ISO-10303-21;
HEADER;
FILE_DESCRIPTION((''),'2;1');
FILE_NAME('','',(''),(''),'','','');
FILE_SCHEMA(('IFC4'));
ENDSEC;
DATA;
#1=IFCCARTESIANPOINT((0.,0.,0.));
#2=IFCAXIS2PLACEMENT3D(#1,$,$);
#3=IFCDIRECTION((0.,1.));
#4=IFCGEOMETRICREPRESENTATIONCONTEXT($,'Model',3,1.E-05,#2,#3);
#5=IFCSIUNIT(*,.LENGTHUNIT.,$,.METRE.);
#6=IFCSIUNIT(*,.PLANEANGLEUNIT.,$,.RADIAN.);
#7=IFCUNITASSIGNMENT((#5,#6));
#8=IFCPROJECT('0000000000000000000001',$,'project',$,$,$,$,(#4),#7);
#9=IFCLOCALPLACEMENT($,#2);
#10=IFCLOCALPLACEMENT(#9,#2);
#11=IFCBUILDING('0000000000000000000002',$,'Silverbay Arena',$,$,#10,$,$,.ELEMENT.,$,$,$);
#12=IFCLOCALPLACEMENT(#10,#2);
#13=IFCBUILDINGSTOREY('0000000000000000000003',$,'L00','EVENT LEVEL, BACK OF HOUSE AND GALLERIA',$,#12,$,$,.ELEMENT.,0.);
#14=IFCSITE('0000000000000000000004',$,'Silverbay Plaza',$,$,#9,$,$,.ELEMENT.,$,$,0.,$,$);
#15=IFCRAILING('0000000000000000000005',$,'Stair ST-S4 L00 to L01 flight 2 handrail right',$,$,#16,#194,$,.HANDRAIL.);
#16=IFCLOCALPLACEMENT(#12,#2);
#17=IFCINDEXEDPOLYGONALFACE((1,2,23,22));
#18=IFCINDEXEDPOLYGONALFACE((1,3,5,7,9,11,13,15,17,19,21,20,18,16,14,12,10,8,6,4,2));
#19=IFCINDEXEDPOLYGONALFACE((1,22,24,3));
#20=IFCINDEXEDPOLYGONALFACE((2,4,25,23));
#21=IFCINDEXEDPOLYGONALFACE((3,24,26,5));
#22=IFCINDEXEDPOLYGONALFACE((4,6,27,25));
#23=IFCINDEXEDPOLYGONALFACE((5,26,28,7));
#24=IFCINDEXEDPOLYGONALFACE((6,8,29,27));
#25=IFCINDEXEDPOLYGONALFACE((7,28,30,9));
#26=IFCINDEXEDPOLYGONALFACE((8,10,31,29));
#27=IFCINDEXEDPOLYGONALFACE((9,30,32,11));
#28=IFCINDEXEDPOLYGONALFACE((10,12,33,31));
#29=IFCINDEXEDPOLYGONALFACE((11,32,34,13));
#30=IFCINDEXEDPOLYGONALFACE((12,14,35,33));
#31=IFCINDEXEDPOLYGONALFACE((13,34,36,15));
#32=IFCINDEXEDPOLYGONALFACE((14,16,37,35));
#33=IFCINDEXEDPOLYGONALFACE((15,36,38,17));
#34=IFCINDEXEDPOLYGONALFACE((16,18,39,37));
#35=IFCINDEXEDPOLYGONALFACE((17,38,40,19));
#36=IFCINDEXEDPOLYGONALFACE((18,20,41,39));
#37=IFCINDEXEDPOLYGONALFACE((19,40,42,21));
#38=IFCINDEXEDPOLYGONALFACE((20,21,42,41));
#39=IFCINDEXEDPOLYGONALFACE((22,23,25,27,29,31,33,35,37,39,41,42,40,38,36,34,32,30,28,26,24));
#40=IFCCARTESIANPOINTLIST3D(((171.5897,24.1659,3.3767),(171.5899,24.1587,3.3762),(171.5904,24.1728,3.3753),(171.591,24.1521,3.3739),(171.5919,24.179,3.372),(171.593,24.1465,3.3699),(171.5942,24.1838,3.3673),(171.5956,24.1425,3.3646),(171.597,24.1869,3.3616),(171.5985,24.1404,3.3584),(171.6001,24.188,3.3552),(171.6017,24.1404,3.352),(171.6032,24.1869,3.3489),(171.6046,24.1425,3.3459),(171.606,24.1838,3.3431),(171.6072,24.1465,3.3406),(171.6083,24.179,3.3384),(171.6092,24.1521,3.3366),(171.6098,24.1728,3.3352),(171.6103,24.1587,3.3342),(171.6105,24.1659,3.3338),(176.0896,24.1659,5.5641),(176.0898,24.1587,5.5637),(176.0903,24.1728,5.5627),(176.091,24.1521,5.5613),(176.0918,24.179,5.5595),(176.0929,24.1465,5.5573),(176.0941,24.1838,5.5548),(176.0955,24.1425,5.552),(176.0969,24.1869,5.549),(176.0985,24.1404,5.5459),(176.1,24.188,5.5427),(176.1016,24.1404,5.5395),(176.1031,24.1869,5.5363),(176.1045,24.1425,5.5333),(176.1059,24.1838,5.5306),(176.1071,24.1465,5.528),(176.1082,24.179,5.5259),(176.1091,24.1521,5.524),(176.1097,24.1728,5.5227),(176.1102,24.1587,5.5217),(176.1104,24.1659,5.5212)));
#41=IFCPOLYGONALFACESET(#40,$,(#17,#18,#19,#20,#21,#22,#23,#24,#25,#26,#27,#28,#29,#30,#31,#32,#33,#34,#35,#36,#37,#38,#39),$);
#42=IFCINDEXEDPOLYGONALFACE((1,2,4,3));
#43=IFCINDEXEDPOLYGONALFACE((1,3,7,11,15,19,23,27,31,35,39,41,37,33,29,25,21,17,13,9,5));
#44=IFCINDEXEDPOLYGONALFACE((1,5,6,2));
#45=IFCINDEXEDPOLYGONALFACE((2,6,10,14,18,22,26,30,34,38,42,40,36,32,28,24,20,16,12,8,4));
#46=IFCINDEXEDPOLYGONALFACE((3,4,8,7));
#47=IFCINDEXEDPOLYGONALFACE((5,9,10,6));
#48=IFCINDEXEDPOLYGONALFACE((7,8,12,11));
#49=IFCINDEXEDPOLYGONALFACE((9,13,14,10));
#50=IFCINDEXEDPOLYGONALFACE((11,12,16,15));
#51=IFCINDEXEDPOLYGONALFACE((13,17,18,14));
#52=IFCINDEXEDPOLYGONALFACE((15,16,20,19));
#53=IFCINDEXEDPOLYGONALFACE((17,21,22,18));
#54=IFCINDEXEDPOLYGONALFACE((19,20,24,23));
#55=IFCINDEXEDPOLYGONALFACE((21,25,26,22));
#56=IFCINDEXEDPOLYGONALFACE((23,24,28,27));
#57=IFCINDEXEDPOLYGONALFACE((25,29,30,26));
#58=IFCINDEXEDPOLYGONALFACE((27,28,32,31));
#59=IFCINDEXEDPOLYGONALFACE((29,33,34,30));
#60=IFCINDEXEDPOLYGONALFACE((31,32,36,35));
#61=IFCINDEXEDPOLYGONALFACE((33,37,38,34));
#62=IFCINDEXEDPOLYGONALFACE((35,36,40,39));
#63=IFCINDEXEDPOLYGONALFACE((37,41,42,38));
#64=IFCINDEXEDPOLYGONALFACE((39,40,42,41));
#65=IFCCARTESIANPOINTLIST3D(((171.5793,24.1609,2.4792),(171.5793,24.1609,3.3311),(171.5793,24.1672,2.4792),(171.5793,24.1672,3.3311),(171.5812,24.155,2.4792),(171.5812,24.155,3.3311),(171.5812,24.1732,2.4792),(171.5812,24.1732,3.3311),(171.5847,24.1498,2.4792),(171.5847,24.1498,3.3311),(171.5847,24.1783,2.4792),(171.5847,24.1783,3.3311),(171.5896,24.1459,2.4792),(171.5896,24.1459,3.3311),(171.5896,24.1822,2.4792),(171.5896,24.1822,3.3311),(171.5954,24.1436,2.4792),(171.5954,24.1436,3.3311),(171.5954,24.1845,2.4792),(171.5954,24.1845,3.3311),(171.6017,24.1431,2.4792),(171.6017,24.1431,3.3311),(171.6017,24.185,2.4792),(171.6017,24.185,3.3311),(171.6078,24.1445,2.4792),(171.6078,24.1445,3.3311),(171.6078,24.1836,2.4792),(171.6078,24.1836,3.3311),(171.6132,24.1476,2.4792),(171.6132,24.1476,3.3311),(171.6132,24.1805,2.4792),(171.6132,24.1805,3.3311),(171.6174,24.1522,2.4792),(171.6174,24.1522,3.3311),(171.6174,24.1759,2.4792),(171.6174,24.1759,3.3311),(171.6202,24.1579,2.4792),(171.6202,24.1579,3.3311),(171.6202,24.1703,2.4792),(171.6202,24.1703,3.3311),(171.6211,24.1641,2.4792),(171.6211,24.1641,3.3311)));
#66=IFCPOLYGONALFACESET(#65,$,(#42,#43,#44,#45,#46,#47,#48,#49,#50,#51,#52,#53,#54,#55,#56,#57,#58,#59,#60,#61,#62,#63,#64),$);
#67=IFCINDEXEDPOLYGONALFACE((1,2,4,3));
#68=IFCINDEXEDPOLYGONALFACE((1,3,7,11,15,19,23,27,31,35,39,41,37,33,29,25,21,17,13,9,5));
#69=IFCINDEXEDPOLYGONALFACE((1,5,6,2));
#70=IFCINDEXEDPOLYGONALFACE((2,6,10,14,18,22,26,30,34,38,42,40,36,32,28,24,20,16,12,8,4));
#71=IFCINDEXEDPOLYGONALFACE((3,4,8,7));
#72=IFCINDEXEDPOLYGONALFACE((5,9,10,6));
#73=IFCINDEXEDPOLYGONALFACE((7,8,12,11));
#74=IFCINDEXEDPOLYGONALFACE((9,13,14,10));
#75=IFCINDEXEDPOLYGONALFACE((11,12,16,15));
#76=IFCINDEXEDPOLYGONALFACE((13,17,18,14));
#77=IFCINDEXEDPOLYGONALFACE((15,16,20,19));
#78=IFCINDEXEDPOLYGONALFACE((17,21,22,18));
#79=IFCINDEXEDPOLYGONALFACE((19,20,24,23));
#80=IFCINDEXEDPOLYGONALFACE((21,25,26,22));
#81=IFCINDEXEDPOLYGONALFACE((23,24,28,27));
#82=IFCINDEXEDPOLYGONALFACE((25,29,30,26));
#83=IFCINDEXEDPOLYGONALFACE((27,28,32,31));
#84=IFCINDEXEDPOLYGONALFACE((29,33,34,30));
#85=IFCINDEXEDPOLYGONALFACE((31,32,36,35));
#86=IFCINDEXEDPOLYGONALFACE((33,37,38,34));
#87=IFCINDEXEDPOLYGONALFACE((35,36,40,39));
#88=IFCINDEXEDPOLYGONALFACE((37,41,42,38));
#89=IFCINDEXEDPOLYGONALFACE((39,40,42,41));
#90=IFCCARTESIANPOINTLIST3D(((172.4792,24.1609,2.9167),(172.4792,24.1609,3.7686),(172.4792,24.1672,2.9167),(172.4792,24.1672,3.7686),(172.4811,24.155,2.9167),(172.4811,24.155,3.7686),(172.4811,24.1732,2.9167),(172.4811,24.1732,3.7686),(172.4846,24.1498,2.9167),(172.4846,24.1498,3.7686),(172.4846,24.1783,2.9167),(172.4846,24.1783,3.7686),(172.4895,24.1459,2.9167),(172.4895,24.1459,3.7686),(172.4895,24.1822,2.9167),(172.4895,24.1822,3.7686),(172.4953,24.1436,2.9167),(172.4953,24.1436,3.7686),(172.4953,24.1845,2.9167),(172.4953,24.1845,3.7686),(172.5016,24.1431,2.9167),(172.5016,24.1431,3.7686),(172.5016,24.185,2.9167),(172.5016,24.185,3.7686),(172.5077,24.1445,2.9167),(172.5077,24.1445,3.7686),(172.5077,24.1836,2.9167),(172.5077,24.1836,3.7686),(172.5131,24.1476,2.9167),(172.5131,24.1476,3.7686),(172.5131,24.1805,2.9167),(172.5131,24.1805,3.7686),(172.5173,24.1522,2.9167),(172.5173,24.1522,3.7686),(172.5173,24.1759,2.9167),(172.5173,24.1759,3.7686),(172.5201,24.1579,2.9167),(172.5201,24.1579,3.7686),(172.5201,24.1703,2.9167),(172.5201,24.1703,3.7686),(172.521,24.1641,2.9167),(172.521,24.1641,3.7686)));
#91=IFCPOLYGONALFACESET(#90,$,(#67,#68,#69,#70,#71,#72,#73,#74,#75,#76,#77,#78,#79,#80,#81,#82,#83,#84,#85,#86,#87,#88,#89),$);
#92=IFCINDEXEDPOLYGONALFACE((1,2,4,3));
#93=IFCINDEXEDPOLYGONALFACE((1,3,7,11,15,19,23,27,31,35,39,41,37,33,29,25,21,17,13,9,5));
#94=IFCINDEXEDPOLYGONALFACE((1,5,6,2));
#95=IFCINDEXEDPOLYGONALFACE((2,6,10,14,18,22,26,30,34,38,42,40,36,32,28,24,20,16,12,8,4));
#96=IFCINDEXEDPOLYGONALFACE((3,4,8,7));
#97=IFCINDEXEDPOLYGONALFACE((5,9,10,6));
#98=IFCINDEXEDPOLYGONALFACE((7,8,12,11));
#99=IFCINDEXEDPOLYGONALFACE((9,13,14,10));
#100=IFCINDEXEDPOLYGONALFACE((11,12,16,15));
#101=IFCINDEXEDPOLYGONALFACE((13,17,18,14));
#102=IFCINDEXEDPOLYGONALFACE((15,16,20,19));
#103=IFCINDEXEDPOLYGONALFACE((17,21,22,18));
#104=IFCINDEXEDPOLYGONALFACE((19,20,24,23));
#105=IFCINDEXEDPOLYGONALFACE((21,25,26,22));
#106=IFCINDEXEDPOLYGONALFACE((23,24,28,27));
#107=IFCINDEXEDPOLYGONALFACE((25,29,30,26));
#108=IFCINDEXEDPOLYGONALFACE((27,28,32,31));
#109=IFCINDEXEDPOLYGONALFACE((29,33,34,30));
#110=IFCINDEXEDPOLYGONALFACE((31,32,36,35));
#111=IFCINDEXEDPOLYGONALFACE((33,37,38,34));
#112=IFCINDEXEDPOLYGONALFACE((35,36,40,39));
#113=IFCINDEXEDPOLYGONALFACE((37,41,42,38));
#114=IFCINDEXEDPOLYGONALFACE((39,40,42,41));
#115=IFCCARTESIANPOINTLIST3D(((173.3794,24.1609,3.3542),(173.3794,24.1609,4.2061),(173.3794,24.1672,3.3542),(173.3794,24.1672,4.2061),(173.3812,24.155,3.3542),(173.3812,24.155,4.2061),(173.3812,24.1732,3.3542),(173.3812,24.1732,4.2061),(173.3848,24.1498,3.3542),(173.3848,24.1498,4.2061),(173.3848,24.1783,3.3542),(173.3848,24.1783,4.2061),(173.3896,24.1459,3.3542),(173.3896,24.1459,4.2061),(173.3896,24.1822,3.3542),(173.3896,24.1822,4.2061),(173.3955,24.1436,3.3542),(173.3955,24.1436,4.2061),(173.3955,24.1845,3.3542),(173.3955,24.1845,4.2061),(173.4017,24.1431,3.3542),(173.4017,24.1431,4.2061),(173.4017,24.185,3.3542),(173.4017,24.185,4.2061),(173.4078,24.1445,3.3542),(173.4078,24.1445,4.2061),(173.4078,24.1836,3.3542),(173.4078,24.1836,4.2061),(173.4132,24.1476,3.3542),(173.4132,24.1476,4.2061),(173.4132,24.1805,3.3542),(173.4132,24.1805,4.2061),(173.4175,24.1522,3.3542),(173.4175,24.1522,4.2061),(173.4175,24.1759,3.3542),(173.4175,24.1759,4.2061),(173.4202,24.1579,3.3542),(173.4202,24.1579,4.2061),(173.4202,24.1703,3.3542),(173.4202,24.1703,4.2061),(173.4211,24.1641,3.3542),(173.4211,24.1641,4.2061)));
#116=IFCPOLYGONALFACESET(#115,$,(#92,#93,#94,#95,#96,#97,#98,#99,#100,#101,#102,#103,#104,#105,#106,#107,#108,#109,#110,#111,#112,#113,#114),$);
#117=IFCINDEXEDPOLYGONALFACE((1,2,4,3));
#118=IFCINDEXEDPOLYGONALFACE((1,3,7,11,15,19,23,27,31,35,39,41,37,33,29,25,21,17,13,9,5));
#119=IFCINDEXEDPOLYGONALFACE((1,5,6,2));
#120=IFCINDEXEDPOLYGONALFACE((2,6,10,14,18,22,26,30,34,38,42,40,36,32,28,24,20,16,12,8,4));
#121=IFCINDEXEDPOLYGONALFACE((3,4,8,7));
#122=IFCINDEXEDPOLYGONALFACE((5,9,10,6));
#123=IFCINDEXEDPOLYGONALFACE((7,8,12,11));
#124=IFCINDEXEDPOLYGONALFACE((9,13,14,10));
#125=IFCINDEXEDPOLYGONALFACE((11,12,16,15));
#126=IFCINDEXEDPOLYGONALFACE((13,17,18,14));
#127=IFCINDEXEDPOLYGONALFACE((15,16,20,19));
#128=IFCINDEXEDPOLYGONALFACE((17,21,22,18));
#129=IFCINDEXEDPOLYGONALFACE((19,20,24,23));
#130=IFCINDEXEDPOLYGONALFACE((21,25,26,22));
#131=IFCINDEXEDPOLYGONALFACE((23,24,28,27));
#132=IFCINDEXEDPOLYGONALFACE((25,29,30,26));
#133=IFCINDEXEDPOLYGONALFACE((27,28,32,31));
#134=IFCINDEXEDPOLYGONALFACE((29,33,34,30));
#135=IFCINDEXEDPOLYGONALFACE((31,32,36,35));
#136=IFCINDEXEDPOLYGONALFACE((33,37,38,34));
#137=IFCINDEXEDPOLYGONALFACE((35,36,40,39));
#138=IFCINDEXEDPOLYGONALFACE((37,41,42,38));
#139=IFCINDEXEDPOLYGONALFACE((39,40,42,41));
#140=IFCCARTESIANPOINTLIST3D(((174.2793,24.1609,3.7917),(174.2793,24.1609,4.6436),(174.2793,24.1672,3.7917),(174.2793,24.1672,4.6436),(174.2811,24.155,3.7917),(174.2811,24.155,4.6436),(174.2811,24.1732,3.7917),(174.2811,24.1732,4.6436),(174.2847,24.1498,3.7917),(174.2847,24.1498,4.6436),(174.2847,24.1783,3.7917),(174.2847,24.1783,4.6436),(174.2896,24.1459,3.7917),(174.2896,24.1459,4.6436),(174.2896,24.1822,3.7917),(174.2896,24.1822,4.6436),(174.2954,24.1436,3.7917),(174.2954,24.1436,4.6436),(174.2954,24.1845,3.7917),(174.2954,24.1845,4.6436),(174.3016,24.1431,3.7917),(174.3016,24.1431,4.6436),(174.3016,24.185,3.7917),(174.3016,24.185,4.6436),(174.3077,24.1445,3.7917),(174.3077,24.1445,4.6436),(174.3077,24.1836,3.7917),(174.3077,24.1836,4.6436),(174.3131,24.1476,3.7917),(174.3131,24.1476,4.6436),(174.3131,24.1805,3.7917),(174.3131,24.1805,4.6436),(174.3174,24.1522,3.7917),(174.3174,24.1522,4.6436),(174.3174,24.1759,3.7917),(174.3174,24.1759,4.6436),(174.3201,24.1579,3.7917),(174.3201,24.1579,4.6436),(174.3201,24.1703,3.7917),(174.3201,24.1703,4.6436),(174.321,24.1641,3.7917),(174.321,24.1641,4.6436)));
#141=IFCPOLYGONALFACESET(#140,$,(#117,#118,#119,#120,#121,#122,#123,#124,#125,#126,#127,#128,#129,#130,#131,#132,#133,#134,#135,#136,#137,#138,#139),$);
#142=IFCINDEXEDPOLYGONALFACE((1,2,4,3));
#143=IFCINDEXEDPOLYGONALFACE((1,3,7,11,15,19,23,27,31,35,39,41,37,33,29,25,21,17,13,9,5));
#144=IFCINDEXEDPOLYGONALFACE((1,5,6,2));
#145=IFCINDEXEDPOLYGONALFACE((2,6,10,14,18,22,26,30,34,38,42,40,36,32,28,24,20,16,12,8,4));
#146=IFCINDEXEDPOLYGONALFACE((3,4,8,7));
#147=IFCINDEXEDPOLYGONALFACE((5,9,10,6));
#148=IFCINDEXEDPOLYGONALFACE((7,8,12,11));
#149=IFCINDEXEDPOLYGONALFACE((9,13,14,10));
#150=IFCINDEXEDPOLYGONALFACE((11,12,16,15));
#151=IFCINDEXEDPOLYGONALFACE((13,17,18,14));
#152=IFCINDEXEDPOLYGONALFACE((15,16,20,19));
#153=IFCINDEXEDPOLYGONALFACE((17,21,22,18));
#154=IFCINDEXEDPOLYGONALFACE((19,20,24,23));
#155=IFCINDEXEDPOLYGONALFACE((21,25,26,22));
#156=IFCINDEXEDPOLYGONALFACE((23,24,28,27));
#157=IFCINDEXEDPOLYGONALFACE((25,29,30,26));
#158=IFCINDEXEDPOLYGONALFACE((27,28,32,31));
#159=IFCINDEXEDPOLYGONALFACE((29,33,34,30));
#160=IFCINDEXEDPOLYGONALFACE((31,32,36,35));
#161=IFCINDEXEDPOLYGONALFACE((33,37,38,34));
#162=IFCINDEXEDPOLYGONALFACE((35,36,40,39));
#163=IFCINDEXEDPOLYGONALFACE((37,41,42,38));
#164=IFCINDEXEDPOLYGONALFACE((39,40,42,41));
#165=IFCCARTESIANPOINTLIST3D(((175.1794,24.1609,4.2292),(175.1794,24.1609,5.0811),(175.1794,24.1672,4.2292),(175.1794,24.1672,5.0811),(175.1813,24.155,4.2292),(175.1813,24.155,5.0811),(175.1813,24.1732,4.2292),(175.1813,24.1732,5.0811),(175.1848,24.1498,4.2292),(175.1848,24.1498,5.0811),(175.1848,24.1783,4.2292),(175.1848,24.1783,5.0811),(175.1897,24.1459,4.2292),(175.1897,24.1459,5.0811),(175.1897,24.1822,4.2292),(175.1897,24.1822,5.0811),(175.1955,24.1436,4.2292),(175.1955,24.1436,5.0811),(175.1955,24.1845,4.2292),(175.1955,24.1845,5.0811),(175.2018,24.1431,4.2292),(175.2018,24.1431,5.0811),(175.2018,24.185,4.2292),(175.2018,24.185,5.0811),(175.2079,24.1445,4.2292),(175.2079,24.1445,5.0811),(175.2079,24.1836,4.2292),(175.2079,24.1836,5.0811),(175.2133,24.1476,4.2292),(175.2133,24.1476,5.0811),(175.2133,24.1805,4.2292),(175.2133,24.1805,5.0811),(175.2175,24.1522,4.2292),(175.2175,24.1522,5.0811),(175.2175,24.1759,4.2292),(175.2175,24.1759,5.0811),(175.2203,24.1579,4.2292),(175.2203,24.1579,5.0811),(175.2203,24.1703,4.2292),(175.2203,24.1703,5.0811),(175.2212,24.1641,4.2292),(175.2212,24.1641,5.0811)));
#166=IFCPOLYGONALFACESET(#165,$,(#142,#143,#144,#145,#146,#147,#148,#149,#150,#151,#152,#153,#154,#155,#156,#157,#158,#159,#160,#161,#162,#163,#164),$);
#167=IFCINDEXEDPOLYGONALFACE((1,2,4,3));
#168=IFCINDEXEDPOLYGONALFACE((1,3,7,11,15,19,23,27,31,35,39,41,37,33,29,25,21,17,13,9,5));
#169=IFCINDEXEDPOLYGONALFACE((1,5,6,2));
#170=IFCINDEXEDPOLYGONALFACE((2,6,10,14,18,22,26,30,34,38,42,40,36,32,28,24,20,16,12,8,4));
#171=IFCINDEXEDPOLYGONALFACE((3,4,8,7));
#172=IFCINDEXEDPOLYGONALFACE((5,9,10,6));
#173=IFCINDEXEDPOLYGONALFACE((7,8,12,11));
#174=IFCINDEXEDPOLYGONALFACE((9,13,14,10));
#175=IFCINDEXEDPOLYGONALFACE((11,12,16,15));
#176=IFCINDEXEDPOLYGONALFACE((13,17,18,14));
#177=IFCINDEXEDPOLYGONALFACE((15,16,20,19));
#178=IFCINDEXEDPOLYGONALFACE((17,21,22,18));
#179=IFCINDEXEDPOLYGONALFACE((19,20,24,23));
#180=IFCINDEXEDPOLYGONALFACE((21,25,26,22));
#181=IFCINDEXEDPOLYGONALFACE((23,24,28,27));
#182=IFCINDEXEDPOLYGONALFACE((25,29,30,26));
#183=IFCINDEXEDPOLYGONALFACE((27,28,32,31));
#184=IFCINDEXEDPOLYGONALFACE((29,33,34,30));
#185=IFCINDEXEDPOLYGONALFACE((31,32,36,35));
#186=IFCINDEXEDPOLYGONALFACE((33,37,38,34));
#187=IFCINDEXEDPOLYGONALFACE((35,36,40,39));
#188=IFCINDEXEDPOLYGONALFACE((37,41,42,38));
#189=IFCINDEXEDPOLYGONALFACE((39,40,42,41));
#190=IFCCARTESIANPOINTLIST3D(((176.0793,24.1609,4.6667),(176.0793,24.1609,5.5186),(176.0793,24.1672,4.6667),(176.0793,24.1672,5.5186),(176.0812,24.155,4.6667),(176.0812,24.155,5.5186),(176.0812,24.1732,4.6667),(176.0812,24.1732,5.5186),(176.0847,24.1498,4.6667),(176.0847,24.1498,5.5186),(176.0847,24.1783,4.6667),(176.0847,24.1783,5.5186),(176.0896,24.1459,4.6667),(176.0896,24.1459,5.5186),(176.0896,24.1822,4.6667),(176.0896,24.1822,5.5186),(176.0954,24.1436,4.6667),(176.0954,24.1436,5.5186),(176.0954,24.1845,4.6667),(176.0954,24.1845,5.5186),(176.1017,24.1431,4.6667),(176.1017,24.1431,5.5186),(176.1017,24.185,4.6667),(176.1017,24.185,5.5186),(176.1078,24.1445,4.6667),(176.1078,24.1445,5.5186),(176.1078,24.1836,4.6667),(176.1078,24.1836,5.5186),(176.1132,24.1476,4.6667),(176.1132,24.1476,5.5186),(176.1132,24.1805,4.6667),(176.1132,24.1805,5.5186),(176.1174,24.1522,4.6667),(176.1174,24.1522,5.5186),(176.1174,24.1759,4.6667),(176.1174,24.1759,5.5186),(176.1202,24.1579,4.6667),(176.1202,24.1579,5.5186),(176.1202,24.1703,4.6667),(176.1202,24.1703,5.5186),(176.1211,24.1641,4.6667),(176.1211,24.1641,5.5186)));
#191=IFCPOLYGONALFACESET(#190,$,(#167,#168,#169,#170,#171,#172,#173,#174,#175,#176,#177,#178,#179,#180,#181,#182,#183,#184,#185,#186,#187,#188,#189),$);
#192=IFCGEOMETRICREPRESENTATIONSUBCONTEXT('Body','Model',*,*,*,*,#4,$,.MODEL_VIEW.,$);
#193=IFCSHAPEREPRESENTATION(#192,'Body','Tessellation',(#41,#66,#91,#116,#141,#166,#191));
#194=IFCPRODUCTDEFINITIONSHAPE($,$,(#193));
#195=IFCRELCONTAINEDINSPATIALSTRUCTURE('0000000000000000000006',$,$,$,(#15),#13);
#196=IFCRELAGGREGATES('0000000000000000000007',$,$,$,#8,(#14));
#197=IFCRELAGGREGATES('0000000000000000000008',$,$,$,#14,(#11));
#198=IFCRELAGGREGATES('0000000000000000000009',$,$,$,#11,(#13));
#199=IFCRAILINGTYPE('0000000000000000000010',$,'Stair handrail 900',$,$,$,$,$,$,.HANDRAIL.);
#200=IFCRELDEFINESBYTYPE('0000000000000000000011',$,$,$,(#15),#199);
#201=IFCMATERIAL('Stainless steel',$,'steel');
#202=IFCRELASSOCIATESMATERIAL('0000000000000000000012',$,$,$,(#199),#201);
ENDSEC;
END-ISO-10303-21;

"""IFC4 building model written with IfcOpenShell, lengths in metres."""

from ifc_helpers import new_model, si_unit, direction, frame, origin, origin_2d, place, context, subcontext, project, spatial, circle, extrude, material, type_object, element, save


model = new_model("IFC4")

# Units and contexts
model_context = context("Model", 3, precision=1e-05, world=origin(), true_north=direction((0.0, 1.0)))
body_context = subcontext(model_context, "Body", "Model", "MODEL_VIEW")
ifc_project = project(units=[si_unit("LENGTHUNIT", "METRE"), si_unit("PLANEANGLEUNIT", "RADIAN")], contexts=[model_context])

# Site, building, storey
site_placement = place(None, origin())
site = spatial("IfcSite", under=ifc_project, at=site_placement, Name="Silverbay Plaza", CompositionType="ELEMENT", RefElevation=0.0)
building_placement = place(site_placement, origin())
building = spatial("IfcBuilding", under=site, at=building_placement, Name="Silverbay Arena", CompositionType="ELEMENT")
storey_placement = place(building_placement, origin())
storey = spatial("IfcBuildingStorey", under=building, at=storey_placement, Name="L00", Description="EVENT LEVEL, BACK OF HOUSE AND GALLERIA", CompositionType="ELEMENT", Elevation=0.0)

# Railing
ifc_material_1 = material(Name="Stainless steel", Category="steel")
railing_type_1 = type_object("IfcRailingType", Name="Stair handrail 900", PredefinedType="HANDRAIL", material=ifc_material_1)
for number, where, name in (
    (1, (171.6001, 24.1641, 2.4792), "Stair ST-S4 L00 to L01 flight 2 handrail right"),
):
    element("IfcRailing", number, at=place(storey_placement, frame(where)), inside=storey, type_object=railing_type_1, Name=name, PredefinedType="HANDRAIL", context=body_context, shape_type="SweptSolid", body=[
        extrude(circle(Radius=0.0239, at=origin_2d()), frame((0.0, 0.0, 0.876), z_axis=(0.899368, 0.0, 0.437193), x_axis=(0.0, 1.0, 0.0)), (0.0, 0.0, 1.0), 5.0034),
        extrude(circle(Radius=0.021, at=origin_2d()), origin(), (0.0, 0.0, 1.0), 0.8518),
        extrude(circle(Radius=0.021, at=origin_2d()), frame((0.8999, 0.0, 0.4375)), (0.0, 0.0, 1.0), 0.8518),
        extrude(circle(Radius=0.021, at=origin_2d()), frame((1.8, 0.0, 0.875)), (0.0, 0.0, 1.0), 0.8518),
        extrude(circle(Radius=0.021, at=origin_2d()), frame((2.7, 0.0, 1.3125)), (0.0, 0.0, 1.0), 0.8518),
        extrude(circle(Radius=0.021, at=origin_2d()), frame((3.6001, 0.0, 1.75)), (0.0, 0.0, 1.0), 0.8518),
        extrude(circle(Radius=0.021, at=origin_2d()), frame((4.5, 0.0, 2.1875)), (0.0, 0.0, 1.0), 0.8518),
    ])

save(model, "model.ifc")
